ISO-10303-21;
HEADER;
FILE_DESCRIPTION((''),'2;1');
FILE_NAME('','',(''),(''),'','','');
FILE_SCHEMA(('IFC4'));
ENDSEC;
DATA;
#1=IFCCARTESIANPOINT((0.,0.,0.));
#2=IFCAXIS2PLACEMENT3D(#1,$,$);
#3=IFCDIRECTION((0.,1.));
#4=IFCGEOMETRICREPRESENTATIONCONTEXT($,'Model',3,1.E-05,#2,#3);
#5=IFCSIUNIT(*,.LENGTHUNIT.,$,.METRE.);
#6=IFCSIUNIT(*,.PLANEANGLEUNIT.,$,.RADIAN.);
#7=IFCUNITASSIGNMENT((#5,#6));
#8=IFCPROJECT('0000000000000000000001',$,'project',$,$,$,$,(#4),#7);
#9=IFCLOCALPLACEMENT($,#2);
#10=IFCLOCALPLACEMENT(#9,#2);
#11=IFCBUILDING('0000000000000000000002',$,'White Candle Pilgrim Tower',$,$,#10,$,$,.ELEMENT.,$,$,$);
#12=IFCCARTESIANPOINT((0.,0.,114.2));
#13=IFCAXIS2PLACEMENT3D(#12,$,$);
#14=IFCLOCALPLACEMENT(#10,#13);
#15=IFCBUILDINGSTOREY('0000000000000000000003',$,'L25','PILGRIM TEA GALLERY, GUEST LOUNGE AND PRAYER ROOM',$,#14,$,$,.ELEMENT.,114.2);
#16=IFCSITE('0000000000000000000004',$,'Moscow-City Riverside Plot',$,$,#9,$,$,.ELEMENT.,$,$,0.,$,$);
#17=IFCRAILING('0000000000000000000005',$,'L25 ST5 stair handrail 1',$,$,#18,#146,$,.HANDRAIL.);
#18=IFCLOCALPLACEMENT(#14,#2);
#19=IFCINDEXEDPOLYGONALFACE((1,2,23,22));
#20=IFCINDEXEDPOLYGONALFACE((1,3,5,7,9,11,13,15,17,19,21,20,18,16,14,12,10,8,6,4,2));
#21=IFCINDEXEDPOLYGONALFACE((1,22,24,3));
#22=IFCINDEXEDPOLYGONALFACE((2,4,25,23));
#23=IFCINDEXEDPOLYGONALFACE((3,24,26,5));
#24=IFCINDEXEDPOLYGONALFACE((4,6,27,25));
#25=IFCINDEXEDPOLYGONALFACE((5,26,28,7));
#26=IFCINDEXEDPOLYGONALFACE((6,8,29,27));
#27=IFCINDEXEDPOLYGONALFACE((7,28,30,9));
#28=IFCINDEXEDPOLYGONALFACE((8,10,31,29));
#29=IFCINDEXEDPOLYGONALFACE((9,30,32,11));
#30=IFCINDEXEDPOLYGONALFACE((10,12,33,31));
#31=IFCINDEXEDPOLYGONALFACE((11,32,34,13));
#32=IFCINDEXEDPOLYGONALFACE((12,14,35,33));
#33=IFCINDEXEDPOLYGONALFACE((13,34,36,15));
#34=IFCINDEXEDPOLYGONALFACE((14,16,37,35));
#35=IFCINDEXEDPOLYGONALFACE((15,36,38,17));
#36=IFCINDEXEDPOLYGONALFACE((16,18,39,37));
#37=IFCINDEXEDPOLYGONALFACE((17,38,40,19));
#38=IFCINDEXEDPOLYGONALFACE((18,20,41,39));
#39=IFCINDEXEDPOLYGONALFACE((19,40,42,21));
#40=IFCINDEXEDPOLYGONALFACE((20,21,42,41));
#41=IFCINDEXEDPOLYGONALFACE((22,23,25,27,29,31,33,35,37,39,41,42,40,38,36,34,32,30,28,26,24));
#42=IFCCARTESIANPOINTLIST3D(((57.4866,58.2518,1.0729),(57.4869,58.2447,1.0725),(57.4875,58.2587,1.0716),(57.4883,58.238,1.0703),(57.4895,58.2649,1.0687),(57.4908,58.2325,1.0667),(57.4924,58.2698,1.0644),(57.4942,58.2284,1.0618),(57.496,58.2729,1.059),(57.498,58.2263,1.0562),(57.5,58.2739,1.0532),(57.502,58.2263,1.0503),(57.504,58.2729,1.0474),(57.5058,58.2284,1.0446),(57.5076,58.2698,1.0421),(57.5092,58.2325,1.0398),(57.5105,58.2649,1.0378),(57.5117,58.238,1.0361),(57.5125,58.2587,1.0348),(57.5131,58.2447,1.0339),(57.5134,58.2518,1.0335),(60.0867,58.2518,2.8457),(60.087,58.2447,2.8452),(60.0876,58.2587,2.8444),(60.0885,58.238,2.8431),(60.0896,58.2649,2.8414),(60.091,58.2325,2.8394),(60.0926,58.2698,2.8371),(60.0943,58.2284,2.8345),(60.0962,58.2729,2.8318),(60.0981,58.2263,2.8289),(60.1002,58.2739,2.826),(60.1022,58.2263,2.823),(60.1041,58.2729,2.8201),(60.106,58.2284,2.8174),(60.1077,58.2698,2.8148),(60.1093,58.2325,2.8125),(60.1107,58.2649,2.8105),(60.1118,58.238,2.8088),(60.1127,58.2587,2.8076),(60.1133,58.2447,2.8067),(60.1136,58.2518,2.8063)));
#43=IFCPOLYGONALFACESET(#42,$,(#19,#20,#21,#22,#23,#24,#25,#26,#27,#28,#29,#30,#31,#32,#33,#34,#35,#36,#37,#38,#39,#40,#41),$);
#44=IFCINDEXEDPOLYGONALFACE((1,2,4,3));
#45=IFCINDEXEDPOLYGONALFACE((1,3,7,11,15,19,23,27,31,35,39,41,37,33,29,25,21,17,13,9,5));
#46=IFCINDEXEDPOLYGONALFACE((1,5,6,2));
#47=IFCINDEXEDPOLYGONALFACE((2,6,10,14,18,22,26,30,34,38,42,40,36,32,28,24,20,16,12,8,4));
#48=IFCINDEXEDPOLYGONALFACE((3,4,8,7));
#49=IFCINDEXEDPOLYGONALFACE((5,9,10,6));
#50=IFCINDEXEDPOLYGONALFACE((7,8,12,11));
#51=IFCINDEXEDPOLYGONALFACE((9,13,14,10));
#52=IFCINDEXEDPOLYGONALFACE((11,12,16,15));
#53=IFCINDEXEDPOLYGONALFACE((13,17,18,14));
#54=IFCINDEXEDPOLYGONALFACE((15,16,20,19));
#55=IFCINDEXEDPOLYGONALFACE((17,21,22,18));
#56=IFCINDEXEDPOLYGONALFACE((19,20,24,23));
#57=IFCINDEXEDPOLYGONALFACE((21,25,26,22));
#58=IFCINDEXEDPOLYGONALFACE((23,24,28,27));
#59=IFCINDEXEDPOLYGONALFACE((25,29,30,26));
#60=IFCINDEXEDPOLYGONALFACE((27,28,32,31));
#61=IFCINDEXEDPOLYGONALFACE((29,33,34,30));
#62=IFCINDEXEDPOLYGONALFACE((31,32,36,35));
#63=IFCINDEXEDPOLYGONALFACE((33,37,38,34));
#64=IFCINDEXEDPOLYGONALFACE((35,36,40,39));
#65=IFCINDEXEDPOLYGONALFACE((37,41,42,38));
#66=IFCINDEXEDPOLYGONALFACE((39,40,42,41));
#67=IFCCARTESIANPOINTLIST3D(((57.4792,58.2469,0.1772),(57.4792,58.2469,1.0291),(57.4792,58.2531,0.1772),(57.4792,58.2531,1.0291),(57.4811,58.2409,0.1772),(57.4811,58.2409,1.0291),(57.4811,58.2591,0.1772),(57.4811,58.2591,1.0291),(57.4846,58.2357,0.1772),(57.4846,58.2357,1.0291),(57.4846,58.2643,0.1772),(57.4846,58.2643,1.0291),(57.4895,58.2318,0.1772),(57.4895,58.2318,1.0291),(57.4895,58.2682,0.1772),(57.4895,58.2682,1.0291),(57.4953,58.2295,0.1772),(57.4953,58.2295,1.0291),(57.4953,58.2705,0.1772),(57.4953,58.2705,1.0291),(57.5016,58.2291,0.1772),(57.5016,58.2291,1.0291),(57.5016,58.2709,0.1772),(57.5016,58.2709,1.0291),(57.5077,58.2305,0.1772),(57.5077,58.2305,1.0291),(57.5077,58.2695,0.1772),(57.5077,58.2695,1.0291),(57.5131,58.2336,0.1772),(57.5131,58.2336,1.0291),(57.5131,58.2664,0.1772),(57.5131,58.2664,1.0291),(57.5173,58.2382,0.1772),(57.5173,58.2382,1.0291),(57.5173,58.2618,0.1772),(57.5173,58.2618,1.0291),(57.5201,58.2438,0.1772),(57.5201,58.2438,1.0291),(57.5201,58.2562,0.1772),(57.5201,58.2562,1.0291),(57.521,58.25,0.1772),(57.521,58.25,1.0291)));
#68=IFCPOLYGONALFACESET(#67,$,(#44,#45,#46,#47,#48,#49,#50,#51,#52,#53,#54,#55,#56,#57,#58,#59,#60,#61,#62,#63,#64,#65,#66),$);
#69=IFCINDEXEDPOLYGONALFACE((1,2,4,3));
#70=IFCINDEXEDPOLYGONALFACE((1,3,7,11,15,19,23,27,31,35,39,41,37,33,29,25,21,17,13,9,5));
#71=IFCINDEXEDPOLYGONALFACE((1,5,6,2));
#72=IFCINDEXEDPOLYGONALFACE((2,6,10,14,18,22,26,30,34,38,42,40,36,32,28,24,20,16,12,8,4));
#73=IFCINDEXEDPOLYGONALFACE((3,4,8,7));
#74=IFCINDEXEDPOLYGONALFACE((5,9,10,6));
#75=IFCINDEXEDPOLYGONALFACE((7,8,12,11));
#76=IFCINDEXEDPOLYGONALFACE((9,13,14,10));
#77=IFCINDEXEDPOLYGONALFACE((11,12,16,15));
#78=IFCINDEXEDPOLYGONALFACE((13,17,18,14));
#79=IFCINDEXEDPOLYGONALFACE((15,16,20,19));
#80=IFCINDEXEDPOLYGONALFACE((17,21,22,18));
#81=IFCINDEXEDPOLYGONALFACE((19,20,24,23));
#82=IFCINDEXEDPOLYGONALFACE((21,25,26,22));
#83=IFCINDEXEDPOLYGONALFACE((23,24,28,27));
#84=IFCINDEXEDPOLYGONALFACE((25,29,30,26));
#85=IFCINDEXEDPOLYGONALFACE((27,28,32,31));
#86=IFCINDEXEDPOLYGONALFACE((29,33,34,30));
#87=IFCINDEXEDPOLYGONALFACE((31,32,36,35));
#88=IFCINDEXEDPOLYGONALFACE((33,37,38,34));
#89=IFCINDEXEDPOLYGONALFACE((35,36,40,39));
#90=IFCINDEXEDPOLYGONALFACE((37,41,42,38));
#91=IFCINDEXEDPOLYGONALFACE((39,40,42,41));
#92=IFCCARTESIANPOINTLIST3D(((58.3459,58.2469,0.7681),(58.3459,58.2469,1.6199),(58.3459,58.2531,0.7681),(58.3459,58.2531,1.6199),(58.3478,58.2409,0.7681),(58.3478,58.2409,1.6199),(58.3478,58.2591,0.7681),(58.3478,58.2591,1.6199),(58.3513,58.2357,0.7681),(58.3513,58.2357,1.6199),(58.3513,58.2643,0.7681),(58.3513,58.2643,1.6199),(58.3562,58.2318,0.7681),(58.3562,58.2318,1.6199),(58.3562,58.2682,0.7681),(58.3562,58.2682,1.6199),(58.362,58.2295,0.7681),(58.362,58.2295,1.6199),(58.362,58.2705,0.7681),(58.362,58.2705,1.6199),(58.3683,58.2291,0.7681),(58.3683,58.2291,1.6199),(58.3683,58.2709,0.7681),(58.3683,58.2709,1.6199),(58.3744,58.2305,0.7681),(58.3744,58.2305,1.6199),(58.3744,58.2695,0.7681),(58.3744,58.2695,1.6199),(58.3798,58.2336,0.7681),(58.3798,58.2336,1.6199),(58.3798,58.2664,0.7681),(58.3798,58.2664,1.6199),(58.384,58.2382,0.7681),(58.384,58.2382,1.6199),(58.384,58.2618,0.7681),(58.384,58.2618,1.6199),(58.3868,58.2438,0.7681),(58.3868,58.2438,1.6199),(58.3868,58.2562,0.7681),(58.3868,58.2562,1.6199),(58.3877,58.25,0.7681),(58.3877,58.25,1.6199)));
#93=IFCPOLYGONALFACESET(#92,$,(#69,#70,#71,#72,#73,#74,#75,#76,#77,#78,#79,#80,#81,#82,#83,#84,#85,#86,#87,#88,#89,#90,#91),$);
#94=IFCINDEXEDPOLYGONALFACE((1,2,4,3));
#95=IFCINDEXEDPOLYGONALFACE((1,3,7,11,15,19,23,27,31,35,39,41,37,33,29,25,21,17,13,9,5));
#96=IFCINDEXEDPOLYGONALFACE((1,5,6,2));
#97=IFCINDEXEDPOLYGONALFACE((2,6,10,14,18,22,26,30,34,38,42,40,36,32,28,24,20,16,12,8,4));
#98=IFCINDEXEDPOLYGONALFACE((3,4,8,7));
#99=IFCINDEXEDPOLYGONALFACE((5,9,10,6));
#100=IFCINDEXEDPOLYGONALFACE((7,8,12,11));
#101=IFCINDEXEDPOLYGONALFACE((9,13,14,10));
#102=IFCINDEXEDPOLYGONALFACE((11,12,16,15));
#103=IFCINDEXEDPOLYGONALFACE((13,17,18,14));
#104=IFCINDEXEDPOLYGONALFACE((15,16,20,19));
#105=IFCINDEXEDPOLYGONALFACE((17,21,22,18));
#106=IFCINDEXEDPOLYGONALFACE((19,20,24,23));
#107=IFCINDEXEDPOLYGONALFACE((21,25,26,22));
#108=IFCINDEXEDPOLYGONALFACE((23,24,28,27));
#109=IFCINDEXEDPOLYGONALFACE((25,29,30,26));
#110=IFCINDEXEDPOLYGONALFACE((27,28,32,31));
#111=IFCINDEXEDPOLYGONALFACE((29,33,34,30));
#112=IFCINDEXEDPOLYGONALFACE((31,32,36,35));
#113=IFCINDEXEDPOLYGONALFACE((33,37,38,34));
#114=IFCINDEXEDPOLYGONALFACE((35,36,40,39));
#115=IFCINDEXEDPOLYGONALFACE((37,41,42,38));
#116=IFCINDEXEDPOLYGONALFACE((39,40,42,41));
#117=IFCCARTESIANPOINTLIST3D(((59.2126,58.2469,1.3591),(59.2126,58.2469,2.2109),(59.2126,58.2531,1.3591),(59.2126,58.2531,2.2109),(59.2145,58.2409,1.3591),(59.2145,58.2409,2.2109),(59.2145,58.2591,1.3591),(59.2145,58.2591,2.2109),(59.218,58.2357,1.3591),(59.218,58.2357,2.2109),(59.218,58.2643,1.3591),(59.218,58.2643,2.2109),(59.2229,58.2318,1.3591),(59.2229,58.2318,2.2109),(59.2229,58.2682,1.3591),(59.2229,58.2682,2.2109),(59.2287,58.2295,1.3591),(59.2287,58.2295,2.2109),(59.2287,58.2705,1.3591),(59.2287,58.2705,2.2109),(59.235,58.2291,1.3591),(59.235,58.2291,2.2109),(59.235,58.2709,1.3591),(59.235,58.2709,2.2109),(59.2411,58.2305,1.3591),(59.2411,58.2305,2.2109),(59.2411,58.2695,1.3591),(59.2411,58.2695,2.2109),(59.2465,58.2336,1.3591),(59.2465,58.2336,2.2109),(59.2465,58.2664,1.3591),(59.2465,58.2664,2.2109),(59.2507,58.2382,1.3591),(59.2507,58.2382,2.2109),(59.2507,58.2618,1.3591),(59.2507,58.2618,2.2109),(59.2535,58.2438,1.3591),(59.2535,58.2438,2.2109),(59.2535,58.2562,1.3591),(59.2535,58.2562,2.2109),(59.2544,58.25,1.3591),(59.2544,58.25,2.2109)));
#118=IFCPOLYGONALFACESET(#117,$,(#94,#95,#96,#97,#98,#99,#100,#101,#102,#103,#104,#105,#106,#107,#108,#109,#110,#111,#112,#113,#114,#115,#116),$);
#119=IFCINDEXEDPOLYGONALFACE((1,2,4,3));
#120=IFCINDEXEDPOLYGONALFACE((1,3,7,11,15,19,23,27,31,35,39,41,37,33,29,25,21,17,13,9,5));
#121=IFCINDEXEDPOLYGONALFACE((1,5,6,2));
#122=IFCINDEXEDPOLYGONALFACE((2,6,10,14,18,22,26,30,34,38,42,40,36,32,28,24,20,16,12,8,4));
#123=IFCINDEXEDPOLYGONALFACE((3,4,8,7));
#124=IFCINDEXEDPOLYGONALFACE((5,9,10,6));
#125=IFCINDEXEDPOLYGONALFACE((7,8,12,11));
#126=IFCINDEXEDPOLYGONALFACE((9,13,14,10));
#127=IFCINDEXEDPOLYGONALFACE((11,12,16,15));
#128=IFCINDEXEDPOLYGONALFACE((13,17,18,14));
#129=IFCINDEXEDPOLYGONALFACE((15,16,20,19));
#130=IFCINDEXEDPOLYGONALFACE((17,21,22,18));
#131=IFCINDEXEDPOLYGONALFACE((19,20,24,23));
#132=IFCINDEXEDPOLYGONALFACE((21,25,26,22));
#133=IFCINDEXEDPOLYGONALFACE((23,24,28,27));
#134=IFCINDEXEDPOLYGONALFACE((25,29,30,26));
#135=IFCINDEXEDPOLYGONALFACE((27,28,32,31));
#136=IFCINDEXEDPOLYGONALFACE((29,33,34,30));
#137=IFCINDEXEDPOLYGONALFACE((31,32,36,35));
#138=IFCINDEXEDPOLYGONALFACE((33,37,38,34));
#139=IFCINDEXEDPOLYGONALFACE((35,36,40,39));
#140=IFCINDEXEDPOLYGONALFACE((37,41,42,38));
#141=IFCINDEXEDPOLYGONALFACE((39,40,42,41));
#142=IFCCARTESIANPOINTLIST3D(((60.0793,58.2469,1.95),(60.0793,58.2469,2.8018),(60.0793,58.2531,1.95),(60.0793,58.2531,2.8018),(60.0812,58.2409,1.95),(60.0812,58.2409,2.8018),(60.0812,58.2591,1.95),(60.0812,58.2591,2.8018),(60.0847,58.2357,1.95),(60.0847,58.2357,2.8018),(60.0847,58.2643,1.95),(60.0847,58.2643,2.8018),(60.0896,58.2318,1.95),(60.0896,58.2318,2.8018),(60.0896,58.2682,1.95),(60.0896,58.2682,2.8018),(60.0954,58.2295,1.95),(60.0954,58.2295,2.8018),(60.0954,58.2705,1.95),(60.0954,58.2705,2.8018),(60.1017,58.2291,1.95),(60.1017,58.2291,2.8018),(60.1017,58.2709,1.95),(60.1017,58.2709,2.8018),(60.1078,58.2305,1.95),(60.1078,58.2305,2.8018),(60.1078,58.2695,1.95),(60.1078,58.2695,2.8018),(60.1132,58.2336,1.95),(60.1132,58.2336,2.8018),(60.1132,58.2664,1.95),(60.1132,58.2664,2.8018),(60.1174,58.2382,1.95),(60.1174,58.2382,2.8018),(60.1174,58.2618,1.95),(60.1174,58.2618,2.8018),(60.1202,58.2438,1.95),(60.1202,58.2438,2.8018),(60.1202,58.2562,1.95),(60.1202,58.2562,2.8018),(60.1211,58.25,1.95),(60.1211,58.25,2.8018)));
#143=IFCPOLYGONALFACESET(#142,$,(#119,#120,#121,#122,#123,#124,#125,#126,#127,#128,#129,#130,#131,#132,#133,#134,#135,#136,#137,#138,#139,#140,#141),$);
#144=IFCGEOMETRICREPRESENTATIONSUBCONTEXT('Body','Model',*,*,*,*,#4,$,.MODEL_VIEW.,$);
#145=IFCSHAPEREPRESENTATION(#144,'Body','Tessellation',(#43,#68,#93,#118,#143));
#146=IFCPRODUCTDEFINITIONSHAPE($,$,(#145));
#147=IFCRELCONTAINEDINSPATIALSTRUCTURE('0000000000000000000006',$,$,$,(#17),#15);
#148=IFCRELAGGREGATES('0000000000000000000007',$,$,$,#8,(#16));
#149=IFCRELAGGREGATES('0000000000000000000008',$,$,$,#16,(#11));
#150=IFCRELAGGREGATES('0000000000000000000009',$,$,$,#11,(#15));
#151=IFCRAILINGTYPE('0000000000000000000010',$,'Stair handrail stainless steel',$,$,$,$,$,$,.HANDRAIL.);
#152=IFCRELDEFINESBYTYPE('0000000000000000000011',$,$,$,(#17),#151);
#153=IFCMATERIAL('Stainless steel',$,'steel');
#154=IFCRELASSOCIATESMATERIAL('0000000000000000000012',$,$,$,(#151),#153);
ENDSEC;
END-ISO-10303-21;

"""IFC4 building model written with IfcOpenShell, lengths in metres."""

from ifc_helpers import new_model, si_unit, direction, frame, origin, origin_2d, place, context, subcontext, project, spatial, circle, extrude, material, type_object, element, save


model = new_model("IFC4")

# Units and contexts
model_context = context("Model", 3, precision=1e-05, world=origin(), true_north=direction((0.0, 1.0)))
body_context = subcontext(model_context, "Body", "Model", "MODEL_VIEW")
ifc_project = project(units=[si_unit("LENGTHUNIT", "METRE"), si_unit("PLANEANGLEUNIT", "RADIAN")], contexts=[model_context])

# Site, building, storey
site_placement = place(None, origin())
site = spatial("IfcSite", under=ifc_project, at=site_placement, Name="Moscow-City Riverside Plot", CompositionType="ELEMENT", RefElevation=0.0)
building_placement = place(site_placement, origin())
building = spatial("IfcBuilding", under=site, at=building_placement, Name="White Candle Pilgrim Tower", CompositionType="ELEMENT")
storey_placement = place(building_placement, frame((0.0, 0.0, 114.2)))
storey = spatial("IfcBuildingStorey", under=building, at=storey_placement, Name="L25", Description="PILGRIM TEA GALLERY, GUEST LOUNGE AND PRAYER ROOM", CompositionType="ELEMENT", Elevation=114.2)

# Railing
ifc_material_1 = material(Name="Stainless steel", Category="steel")
railing_type_1 = type_object("IfcRailingType", Name="Stair handrail stainless steel", PredefinedType="HANDRAIL", material=ifc_material_1)
railing_1_placement = place(storey_placement, frame((57.5, 58.25, 0.1772)))
element("IfcRailing", 1, at=railing_1_placement, inside=storey, type_object=railing_type_1, Name="L25 ST5 stair handrail 1", PredefinedType="HANDRAIL", context=body_context, shape_type="SweptSolid", body=[
    extrude(circle(Radius=0.0239, at=origin_2d()), frame((0.0, 0.0, 0.876), z_axis=(0.82624, 0.0, 0.563318), x_axis=(0.0, 1.0, 0.0)), (0.0, 0.0, 1.0), 3.147),
    extrude(circle(Radius=0.021, at=origin_2d()), origin(), (0.0, 0.0, 1.0), 0.8518),
    extrude(circle(Radius=0.021, at=origin_2d()), frame((0.8667, 0.0, 0.5908)), (0.0, 0.0, 1.0), 0.8518),
    extrude(circle(Radius=0.021, at=origin_2d()), frame((1.7334, 0.0, 1.1819)), (0.0, 0.0, 1.0), 0.8518),
    extrude(circle(Radius=0.021, at=origin_2d()), frame((2.6001, 0.0, 1.7727)), (0.0, 0.0, 1.0), 0.8518),
])

save(model, "model.ifc")
